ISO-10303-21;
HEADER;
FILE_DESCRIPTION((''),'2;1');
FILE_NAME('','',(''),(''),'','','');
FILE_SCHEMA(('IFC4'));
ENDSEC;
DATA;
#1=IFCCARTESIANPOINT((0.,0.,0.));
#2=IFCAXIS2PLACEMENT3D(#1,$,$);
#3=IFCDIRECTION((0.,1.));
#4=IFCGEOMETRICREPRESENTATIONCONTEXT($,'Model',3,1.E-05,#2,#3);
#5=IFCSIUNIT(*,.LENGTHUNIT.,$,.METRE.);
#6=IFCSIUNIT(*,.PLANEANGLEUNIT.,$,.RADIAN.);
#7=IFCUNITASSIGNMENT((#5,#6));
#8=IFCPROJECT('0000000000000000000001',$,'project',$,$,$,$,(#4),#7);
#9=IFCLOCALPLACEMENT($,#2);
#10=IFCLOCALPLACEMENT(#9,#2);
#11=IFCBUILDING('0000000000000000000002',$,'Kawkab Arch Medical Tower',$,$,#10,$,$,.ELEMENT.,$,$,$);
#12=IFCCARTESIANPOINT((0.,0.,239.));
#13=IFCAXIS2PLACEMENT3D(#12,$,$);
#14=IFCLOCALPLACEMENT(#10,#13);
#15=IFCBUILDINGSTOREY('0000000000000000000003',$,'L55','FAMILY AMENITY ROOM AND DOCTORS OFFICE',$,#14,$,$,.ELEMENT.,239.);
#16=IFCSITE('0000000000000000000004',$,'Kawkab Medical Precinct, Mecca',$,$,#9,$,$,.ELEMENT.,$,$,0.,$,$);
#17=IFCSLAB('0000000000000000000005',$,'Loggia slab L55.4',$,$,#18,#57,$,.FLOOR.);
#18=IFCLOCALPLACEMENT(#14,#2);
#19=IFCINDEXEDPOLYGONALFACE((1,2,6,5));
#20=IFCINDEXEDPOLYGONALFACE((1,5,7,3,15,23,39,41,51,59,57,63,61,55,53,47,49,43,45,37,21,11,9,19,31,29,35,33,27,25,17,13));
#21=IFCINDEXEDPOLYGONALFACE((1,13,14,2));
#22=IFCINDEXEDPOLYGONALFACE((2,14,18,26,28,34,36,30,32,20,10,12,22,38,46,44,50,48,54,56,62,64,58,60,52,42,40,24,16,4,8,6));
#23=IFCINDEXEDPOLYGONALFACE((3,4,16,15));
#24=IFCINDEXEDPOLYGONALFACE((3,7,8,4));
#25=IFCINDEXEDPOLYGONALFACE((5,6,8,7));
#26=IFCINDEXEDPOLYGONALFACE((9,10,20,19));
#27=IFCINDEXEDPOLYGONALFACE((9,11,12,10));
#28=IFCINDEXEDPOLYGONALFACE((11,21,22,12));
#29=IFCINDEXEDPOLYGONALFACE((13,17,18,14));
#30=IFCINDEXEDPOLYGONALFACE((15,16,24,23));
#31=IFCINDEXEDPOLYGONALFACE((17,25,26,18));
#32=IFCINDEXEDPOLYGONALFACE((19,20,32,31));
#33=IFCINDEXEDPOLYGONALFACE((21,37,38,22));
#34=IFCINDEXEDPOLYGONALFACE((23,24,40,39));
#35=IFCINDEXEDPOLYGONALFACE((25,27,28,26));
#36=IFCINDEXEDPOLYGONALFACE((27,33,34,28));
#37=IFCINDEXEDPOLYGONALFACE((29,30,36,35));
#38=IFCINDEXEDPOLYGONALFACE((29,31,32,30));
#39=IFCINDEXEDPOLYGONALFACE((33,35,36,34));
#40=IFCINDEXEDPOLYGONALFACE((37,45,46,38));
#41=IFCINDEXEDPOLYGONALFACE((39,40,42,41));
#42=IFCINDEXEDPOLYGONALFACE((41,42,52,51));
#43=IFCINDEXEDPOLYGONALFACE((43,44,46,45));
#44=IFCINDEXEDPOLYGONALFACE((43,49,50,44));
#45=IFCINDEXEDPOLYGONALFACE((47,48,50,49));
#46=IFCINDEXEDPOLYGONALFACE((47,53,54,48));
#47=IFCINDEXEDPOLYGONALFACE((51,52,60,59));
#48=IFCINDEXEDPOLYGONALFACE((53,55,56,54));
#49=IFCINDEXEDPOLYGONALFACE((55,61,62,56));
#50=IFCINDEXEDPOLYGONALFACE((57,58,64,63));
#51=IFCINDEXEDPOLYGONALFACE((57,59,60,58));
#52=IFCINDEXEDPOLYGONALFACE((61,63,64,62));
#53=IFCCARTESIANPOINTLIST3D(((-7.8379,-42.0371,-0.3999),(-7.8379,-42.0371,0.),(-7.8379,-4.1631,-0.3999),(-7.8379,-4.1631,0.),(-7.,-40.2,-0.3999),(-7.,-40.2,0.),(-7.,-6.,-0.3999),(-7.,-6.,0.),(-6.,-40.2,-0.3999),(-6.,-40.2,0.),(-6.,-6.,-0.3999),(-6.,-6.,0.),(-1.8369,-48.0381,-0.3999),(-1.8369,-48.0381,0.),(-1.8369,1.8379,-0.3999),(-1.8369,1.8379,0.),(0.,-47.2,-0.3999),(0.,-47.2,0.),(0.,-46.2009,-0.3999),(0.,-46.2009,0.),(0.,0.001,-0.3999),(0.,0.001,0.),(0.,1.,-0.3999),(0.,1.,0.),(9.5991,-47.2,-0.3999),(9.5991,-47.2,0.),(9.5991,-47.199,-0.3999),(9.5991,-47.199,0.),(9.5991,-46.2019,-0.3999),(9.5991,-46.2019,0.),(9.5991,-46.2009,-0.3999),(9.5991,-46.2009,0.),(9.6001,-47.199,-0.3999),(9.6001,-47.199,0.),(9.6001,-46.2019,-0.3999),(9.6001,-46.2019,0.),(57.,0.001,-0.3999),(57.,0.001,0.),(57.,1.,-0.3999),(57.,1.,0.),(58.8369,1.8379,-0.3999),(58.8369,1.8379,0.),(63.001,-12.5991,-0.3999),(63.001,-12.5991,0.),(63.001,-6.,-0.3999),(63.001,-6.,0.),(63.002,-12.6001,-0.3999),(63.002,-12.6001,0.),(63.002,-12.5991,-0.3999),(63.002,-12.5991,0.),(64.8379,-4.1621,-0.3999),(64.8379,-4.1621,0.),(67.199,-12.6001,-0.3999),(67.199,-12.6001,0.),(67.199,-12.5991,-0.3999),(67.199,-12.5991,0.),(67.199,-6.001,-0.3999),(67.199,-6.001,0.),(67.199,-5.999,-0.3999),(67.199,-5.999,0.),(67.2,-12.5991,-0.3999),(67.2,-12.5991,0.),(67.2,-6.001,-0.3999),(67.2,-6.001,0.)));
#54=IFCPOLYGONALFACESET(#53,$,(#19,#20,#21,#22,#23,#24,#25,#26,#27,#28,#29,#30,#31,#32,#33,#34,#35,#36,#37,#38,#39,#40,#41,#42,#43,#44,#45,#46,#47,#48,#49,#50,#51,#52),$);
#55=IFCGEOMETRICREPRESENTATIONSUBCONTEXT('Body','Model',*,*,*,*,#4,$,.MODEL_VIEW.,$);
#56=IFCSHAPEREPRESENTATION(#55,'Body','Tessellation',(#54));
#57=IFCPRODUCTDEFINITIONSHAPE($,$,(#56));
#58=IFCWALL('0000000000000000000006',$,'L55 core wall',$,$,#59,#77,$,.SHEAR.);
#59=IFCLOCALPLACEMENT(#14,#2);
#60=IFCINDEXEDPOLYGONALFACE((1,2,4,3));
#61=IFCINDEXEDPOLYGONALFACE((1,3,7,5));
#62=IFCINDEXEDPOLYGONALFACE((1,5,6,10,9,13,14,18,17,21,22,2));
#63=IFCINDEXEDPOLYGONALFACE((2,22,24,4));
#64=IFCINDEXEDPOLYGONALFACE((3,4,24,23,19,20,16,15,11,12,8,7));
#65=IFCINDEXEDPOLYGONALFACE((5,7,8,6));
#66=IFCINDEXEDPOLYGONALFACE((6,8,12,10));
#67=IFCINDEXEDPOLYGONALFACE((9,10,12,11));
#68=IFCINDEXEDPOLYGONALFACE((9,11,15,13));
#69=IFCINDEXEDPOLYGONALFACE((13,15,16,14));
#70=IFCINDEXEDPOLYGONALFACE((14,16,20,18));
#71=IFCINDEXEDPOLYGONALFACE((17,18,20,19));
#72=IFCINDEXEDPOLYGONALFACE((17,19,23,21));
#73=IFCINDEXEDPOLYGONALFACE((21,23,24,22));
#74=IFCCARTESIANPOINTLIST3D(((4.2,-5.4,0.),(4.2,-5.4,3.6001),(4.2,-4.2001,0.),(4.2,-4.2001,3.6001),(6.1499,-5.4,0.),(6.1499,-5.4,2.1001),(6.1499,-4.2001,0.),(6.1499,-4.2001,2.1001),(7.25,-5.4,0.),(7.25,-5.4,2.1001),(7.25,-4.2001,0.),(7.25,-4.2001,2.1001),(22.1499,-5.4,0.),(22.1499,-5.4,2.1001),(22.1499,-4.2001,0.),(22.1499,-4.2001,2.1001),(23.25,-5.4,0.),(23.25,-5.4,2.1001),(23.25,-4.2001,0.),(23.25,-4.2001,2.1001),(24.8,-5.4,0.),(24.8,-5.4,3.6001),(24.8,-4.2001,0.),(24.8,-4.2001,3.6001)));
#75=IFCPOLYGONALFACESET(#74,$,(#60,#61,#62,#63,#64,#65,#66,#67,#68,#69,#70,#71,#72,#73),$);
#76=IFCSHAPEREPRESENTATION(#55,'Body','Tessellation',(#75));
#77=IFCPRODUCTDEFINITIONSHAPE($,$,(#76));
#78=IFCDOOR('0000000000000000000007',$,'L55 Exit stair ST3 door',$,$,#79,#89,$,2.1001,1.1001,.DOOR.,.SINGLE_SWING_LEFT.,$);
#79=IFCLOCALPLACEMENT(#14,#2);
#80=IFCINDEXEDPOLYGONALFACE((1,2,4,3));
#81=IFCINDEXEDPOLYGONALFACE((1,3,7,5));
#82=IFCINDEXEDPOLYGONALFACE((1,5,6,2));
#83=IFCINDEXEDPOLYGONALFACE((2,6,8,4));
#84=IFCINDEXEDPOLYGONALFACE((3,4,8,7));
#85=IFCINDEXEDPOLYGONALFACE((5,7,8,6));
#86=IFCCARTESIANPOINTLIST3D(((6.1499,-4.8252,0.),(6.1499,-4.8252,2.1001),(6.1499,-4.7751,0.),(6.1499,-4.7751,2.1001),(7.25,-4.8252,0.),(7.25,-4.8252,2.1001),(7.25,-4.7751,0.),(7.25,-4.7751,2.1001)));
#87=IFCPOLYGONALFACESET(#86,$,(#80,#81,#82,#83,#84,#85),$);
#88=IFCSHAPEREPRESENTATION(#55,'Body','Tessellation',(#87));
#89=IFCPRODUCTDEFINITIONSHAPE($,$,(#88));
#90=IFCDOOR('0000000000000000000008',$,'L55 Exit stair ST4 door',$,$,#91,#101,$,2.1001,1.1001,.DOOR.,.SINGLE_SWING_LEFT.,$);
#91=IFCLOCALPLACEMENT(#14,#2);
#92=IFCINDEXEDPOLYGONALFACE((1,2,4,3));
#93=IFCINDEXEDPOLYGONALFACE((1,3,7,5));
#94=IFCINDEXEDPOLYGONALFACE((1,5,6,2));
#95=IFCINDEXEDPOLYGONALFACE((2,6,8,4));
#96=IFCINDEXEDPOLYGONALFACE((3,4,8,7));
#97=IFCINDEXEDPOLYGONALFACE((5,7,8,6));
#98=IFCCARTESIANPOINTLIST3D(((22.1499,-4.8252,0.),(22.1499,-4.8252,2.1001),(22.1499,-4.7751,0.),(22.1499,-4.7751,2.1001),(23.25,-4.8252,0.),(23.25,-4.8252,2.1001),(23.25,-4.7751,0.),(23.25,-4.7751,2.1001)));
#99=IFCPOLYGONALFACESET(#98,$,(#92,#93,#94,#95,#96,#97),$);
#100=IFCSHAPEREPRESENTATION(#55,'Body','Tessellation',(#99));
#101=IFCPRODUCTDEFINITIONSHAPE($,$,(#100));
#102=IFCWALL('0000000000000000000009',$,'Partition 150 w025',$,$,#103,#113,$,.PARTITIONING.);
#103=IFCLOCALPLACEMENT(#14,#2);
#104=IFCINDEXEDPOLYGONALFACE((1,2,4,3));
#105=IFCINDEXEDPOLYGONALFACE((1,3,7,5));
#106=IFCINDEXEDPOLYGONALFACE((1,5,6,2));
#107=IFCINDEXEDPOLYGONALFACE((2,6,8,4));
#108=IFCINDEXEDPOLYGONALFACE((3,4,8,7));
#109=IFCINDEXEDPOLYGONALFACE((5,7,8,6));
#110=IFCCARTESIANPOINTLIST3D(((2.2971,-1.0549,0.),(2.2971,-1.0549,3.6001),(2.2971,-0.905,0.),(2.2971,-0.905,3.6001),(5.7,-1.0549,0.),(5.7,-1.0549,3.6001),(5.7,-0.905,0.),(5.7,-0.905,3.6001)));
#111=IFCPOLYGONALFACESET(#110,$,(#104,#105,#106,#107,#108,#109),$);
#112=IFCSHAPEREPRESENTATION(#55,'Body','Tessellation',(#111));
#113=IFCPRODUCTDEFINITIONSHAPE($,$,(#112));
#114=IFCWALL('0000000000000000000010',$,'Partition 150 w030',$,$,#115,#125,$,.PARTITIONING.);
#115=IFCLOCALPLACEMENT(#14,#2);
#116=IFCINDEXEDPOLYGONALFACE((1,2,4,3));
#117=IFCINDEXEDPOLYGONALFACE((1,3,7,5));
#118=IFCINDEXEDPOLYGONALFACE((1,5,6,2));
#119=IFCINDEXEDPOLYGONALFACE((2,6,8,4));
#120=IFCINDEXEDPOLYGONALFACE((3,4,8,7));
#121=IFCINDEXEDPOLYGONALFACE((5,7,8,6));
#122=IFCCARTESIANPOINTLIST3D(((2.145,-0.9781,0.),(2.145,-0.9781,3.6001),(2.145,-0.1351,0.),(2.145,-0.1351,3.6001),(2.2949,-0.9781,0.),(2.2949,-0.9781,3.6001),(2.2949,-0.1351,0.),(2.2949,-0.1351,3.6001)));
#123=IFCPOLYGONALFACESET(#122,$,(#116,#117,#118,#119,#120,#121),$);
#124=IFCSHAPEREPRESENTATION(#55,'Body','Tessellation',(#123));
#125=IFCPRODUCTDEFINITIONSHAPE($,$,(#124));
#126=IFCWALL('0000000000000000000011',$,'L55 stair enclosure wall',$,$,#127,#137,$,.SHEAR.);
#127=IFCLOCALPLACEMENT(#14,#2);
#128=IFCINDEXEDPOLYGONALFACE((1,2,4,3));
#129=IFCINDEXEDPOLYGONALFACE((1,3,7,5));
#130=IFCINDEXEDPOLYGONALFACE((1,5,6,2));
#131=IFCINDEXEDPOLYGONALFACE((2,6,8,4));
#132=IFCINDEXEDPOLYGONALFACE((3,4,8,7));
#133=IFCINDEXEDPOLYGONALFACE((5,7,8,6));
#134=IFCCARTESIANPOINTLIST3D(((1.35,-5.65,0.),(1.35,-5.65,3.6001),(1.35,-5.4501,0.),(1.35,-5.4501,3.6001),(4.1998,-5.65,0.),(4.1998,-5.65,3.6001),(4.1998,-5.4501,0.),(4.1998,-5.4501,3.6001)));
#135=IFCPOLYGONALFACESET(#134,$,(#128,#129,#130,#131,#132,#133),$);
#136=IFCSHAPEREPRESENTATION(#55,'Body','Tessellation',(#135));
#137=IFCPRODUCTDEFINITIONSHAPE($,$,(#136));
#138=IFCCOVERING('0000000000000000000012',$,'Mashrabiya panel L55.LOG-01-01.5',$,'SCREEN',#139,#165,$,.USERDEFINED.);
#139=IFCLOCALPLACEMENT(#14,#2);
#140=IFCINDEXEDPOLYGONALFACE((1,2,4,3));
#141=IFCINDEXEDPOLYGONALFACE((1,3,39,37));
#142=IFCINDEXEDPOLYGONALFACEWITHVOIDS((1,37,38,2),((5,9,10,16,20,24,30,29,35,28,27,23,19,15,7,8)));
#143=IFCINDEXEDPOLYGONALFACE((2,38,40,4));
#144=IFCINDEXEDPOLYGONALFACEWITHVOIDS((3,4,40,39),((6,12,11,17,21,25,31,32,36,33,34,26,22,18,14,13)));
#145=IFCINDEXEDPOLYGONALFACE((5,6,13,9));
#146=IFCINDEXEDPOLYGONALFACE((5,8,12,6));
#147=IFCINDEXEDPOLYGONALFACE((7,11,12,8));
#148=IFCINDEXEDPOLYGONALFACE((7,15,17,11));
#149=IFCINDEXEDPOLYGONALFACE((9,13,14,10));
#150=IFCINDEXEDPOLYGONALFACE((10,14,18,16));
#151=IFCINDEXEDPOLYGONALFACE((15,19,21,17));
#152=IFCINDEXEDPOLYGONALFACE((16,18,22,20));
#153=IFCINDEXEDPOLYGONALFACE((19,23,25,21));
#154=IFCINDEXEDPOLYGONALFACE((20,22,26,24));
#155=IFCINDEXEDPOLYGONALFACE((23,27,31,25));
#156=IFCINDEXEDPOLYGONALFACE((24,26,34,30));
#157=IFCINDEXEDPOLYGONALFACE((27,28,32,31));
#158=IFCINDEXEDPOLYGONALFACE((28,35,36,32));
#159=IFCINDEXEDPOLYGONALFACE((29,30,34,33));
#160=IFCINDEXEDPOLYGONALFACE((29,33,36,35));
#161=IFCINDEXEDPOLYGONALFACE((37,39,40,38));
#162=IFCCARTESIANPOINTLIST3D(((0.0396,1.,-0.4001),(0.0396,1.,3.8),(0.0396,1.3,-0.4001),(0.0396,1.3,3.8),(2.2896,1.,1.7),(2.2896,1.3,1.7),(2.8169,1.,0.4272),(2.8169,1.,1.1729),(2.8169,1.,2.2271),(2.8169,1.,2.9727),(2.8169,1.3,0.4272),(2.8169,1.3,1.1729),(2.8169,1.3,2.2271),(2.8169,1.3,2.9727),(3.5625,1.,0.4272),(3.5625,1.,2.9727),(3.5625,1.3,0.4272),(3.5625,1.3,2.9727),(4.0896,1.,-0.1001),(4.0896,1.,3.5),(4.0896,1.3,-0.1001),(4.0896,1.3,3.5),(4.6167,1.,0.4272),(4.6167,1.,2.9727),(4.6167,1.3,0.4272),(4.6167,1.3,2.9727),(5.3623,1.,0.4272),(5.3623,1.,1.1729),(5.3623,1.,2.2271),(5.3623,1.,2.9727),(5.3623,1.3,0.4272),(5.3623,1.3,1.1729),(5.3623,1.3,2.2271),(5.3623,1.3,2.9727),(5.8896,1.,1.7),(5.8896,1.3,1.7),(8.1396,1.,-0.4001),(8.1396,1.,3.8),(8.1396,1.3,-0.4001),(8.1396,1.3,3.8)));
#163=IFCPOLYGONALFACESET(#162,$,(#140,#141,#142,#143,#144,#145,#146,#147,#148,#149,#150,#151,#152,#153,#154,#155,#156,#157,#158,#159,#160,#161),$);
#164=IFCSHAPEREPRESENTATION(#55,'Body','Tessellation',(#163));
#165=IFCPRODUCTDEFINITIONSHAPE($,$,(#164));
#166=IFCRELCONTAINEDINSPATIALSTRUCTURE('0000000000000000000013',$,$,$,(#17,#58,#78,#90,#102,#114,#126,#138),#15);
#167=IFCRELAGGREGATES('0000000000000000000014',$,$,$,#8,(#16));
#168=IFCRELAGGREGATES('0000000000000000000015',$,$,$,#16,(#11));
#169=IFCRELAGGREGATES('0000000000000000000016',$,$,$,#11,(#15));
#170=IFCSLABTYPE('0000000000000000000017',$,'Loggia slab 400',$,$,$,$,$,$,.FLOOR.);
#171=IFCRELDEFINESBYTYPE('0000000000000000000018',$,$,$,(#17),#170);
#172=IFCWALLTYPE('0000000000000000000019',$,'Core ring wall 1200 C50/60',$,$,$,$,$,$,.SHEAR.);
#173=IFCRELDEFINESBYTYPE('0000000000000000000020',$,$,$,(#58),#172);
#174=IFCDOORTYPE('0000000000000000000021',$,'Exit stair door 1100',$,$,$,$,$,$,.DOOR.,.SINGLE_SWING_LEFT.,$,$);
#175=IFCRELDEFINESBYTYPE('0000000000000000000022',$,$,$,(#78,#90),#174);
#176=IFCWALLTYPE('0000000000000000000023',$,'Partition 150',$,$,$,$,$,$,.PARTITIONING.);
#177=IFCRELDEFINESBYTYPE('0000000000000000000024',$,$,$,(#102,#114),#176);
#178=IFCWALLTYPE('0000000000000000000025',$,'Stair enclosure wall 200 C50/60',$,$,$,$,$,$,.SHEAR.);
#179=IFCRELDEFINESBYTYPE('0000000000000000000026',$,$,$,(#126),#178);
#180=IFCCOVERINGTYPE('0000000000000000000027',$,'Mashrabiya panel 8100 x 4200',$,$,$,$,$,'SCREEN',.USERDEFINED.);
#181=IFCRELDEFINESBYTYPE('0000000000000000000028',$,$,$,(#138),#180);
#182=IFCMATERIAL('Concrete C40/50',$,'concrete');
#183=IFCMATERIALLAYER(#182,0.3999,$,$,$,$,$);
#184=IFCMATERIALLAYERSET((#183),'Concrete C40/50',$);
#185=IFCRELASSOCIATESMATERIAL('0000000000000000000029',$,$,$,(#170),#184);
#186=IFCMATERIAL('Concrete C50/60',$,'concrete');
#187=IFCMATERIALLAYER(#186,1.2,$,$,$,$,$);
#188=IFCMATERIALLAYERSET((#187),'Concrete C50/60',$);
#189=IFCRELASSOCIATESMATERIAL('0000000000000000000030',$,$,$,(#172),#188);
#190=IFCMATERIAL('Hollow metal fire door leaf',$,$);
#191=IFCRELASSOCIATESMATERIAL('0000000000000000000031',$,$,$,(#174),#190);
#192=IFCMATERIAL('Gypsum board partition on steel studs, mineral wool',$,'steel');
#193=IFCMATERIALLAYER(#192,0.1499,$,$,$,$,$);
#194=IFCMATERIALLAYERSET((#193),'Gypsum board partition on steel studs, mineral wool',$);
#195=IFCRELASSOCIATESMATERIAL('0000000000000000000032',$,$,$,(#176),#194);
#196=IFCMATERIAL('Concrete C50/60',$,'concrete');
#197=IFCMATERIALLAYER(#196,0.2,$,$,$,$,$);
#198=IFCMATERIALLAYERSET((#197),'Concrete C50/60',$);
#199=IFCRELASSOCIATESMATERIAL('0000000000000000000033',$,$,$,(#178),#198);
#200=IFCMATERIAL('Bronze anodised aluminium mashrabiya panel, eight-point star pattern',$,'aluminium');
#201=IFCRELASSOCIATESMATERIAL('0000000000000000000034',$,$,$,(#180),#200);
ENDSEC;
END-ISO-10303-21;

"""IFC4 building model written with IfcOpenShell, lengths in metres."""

from ifc_helpers import new_model, si_unit, direction, frame, frame_2d, origin, place, context, subcontext, project, spatial, polyline, rectangle, outline, extrude, material, layer, layer_set, material_profile, profile_set, type_object, element, fill, save


model = new_model("IFC4")

# Units and contexts
model_context = context("Model", 3, precision=1e-05, world=origin(), true_north=direction((0.0, 1.0)))
body_context = subcontext(model_context, "Body", "Model", "MODEL_VIEW")
ifc_project = project(units=[si_unit("LENGTHUNIT", "METRE"), si_unit("PLANEANGLEUNIT", "RADIAN")], contexts=[model_context])

# Site, building, storey
site_placement = place(None, origin())
site = spatial("IfcSite", under=ifc_project, at=site_placement, Name="Kawkab Medical Precinct, Mecca", CompositionType="ELEMENT", RefElevation=0.0)
building_placement = place(site_placement, origin())
building = spatial("IfcBuilding", under=site, at=building_placement, Name="Kawkab Arch Medical Tower", CompositionType="ELEMENT")
storey_placement = place(building_placement, frame((0.0, 0.0, 239.0)))
storey = spatial("IfcBuildingStorey", under=building, at=storey_placement, Name="L55", Description="FAMILY AMENITY ROOM AND DOCTORS OFFICE", CompositionType="ELEMENT", Elevation=239.0)

# Slab
ifc_material_1 = material(Name="Concrete C40/50", Category="concrete")
ifc_layer_1 = layer(ifc_material_1, 0.3999)
ifc_layer_set_1 = layer_set([ifc_layer_1], Name="Concrete C40/50")
slab_type_1 = type_object("IfcSlabType", Name="Loggia slab 400", PredefinedType="FLOOR", material=ifc_layer_set_1)
placement_1 = place(storey_placement, frame((0.0, 0.0, -0.3999)))
element("IfcSlab", 1, at=placement_1, inside=storey, type_object=slab_type_1, Name="Loggia slab L55.4", PredefinedType="FLOOR", context=body_context, shape_type="SweptSolid", body=[
    extrude(outline(polyline([(-7.8379, -42.0371), (-7.0, -40.2), (-7.0, -6.0), (-7.8379, -4.1631), (-1.8369, 1.8379), (0.0, 1.0), (57.0, 1.0), (58.8369, 1.8379), (64.8379, -4.1621), (67.199, -5.999), (67.199, -6.001), (67.2, -6.001), (67.2, -12.5991), (67.199, -12.5991), (67.199, -12.6001), (63.002, -12.6001), (63.002, -12.5991), (63.001, -12.5991), (63.001, -6.0), (57.0, 0.001), (0.0, 0.001), (-6.0, -6.0), (-6.0, -40.2), (0.0, -46.2009), (9.5991, -46.2009), (9.5991, -46.2019), (9.6001, -46.2019), (9.6001, -47.199), (9.5991, -47.199), (9.5991, -47.2), (0.0, -47.2), (-1.8369, -48.0381), (-7.8379, -42.0371)])), origin(), (0.0, 0.0, 1.0), 0.3999),
])

# Wall, openings, doors
ifc_material_2 = material(Name="Concrete C50/60", Category="concrete")
ifc_layer_2 = layer(ifc_material_2, 1.2)
ifc_layer_set_2 = layer_set([ifc_layer_2], Name="Concrete C50/60")
wall_type_1 = type_object("IfcWallType", Name="Core ring wall 1200 C50/60", PredefinedType="SHEAR", material=ifc_layer_set_2)
wall_1_placement = place(storey_placement, frame((4.2, -4.8, 0.0), z_axis=(0.0, 0.0, 1.0), x_axis=(1.0, 0.0, 0.0)))
wall_1 = element("IfcWall", 2, at=wall_1_placement, inside=storey, type_object=wall_type_1, Name="L55 core wall", PredefinedType="SHEAR", context=body_context, shape_type="SweptSolid", body=[
    extrude(rectangle(XDim=20.6001, YDim=1.2, at=frame_2d((10.3, 0.0))), origin(), (0.0, 0.0, 1.0), 3.6001),
])
opening_1_placement = place(wall_1_placement, frame((1.95, 0.0, 0.0)))
opening_1 = element("IfcOpeningElement", 3, at=opening_1_placement, cuts=wall_1, PredefinedType="OPENING", context=body_context, shape_type="SweptSolid", body=[
    extrude(rectangle(XDim=1.1001, YDim=2.1001, at=frame_2d((0.55, 1.05))), frame((0.0, 0.6099, 0.0), z_axis=(0.0, -1.0, 0.0), x_axis=(1.0, 0.0, 0.0)), (0.0, 0.0, 1.0), 1.22),
])
opening_2_placement = place(wall_1_placement, frame((17.95, 0.0, 0.0)))
opening_2 = element("IfcOpeningElement", 4, at=opening_2_placement, cuts=wall_1, PredefinedType="OPENING", context=body_context, shape_type="SweptSolid", body=[
    extrude(rectangle(XDim=1.1001, YDim=2.1001, at=frame_2d((0.55, 1.05))), frame((0.0, 0.6099, 0.0), z_axis=(0.0, -1.0, 0.0), x_axis=(1.0, 0.0, 0.0)), (0.0, 0.0, 1.0), 1.22),
])
ifc_material_3 = material(Name="Hollow metal fire door leaf")
door_type = type_object("IfcDoorType", Name="Exit stair door 1100", OperationType="SINGLE_SWING_LEFT", PredefinedType="DOOR", material=ifc_material_3)
door_1_placement = place(opening_1_placement, origin())
door_1 = element("IfcDoor", 5, at=door_1_placement, inside=storey, type_object=door_type, Name="L55 Exit stair ST3 door", OperationType="SINGLE_SWING_LEFT", OverallHeight=2.1001, OverallWidth=1.1001, PredefinedType="DOOR", context=body_context, shape_type="SweptSolid", body=[
    extrude(rectangle(XDim=1.1001, YDim=2.1001, at=frame_2d((0.55, 1.05))), frame((0.0, 0.0249, 0.0), z_axis=(0.0, -1.0, 0.0), x_axis=(1.0, 0.0, 0.0)), (0.0, 0.0, 1.0), 0.05),
])
fill(opening_1, door_1)
door_2_placement = place(opening_2_placement, origin())
door_2 = element("IfcDoor", 6, at=door_2_placement, inside=storey, type_object=door_type, Name="L55 Exit stair ST4 door", OperationType="SINGLE_SWING_LEFT", OverallHeight=2.1001, OverallWidth=1.1001, PredefinedType="DOOR", context=body_context, shape_type="SweptSolid", body=[
    extrude(rectangle(XDim=1.1001, YDim=2.1001, at=frame_2d((0.55, 1.05))), frame((0.0, 0.0249, 0.0), z_axis=(0.0, -1.0, 0.0), x_axis=(1.0, 0.0, 0.0)), (0.0, 0.0, 1.0), 0.05),
])
fill(opening_2, door_2)

# Walls
ifc_material_4 = material(Name="Gypsum board partition on steel studs, mineral wool", Category="steel")
ifc_layer_3 = layer(ifc_material_4, 0.1499)
ifc_layer_set_3 = layer_set([ifc_layer_3], Name="Gypsum board partition on steel studs, mineral wool")
wall_type_2 = type_object("IfcWallType", Name="Partition 150", PredefinedType="PARTITIONING", material=ifc_layer_set_3)
wall_2_placement = place(storey_placement, frame((2.2971, -0.98, 0.0), z_axis=(0.0, 0.0, 1.0), x_axis=(1.0, 0.0, 0.0)))
element("IfcWall", 7, at=wall_2_placement, inside=storey, type_object=wall_type_2, Name="Partition 150 w025", PredefinedType="PARTITIONING", context=body_context, shape_type="SweptSolid", body=[
    extrude(rectangle(XDim=3.4028, YDim=0.1499, at=frame_2d((1.7014, 0.0))), origin(), (0.0, 0.0, 1.0), 3.6001),
])
wall_3_placement = place(storey_placement, frame((2.22, -0.978, 0.0), z_axis=(0.0, 0.0, 1.0), x_axis=(0.0, 1.0, 0.0)))
element("IfcWall", 8, at=wall_3_placement, inside=storey, type_object=wall_type_2, Name="Partition 150 w030", PredefinedType="PARTITIONING", context=body_context, shape_type="SweptSolid", body=[
    extrude(rectangle(XDim=0.843, YDim=0.1499, at=frame_2d((0.4214, 0.0))), origin(), (0.0, 0.0, 1.0), 3.6001),
])
ifc_material_5 = material(Name="Concrete C50/60", Category="concrete")
ifc_layer_4 = layer(ifc_material_5, 0.2)
ifc_layer_set_4 = layer_set([ifc_layer_4], Name="Concrete C50/60")
wall_type_3 = type_object("IfcWallType", Name="Stair enclosure wall 200 C50/60", PredefinedType="SHEAR", material=ifc_layer_set_4)
wall_4_placement = place(storey_placement, frame((1.3501, -5.55, 0.0), z_axis=(0.0, 0.0, 1.0), x_axis=(1.0, 0.0, 0.0)))
element("IfcWall", 9, at=wall_4_placement, inside=storey, type_object=wall_type_3, Name="L55 stair enclosure wall", PredefinedType="SHEAR", context=body_context, shape_type="SweptSolid", body=[
    extrude(rectangle(XDim=2.8499, YDim=0.2, at=frame_2d((1.4248, 0.0))), origin(), (0.0, 0.0, 1.0), 3.6001),
])

# Covering
ifc_material_6 = material(Name="Bronze anodised aluminium mashrabiya panel, eight-point star pattern", Category="aluminium")
ifc_material_profile_1 = material_profile(ifc_material_6, outline(polyline([(-4.05, -2.1001), (4.05, -2.1001), (4.05, 2.1001), (-4.05, 2.1001), (-4.05, -2.1001)]), holes=[polyline([(1.8, 0.0), (1.2727, 0.5271), (1.2727, 1.2727), (0.5271, 1.2727), (0.0, 1.8), (-0.5271, 1.2727), (-1.2727, 1.2727), (-1.2727, 0.5271), (-1.8, 0.0), (-1.2727, -0.5271), (-1.2727, -1.2727), (-0.5271, -1.2727), (0.0, -1.8), (0.5271, -1.2727), (1.2727, -1.2727), (1.2727, -0.5271), (1.8, 0.0)])]), Name="Mashrabiya panel 8100x4200")
ifc_profile_set_1 = profile_set([ifc_material_profile_1], Name="Bronze anodised aluminium mashrabiya panel, eight-point star pattern")
covering_type_1 = type_object("IfcCoveringType", Name="Mashrabiya panel 8100 x 4200", ElementType="SCREEN", PredefinedType="USERDEFINED", material=ifc_profile_set_1)
covering_1_placement = place(storey_placement, frame((4.0896, 1.0, 1.7), z_axis=(0.0, 1.0, 0.0), x_axis=(-1.0, 0.0, 0.0)))
element("IfcCovering", 10, at=covering_1_placement, inside=storey, type_object=covering_type_1, Name="Mashrabiya panel L55.LOG-01-01.5", ObjectType="SCREEN", PredefinedType="USERDEFINED", context=body_context, shape_type="SweptSolid", body=[
    extrude(outline(polyline([(-4.05, -2.1001), (4.05, -2.1001), (4.05, 2.1001), (-4.05, 2.1001), (-4.05, -2.1001)]), holes=[polyline([(1.8, 0.0), (1.2727, 0.5271), (1.2727, 1.2727), (0.5271, 1.2727), (0.0, 1.8), (-0.5271, 1.2727), (-1.2727, 1.2727), (-1.2727, 0.5271), (-1.8, 0.0), (-1.2727, -0.5271), (-1.2727, -1.2727), (-0.5271, -1.2727), (0.0, -1.8), (0.5271, -1.2727), (1.2727, -1.2727), (1.2727, -0.5271), (1.8, 0.0)])]), origin(), (0.0, 0.0, 1.0), 0.3),
])

save(model, "model.ifc")
